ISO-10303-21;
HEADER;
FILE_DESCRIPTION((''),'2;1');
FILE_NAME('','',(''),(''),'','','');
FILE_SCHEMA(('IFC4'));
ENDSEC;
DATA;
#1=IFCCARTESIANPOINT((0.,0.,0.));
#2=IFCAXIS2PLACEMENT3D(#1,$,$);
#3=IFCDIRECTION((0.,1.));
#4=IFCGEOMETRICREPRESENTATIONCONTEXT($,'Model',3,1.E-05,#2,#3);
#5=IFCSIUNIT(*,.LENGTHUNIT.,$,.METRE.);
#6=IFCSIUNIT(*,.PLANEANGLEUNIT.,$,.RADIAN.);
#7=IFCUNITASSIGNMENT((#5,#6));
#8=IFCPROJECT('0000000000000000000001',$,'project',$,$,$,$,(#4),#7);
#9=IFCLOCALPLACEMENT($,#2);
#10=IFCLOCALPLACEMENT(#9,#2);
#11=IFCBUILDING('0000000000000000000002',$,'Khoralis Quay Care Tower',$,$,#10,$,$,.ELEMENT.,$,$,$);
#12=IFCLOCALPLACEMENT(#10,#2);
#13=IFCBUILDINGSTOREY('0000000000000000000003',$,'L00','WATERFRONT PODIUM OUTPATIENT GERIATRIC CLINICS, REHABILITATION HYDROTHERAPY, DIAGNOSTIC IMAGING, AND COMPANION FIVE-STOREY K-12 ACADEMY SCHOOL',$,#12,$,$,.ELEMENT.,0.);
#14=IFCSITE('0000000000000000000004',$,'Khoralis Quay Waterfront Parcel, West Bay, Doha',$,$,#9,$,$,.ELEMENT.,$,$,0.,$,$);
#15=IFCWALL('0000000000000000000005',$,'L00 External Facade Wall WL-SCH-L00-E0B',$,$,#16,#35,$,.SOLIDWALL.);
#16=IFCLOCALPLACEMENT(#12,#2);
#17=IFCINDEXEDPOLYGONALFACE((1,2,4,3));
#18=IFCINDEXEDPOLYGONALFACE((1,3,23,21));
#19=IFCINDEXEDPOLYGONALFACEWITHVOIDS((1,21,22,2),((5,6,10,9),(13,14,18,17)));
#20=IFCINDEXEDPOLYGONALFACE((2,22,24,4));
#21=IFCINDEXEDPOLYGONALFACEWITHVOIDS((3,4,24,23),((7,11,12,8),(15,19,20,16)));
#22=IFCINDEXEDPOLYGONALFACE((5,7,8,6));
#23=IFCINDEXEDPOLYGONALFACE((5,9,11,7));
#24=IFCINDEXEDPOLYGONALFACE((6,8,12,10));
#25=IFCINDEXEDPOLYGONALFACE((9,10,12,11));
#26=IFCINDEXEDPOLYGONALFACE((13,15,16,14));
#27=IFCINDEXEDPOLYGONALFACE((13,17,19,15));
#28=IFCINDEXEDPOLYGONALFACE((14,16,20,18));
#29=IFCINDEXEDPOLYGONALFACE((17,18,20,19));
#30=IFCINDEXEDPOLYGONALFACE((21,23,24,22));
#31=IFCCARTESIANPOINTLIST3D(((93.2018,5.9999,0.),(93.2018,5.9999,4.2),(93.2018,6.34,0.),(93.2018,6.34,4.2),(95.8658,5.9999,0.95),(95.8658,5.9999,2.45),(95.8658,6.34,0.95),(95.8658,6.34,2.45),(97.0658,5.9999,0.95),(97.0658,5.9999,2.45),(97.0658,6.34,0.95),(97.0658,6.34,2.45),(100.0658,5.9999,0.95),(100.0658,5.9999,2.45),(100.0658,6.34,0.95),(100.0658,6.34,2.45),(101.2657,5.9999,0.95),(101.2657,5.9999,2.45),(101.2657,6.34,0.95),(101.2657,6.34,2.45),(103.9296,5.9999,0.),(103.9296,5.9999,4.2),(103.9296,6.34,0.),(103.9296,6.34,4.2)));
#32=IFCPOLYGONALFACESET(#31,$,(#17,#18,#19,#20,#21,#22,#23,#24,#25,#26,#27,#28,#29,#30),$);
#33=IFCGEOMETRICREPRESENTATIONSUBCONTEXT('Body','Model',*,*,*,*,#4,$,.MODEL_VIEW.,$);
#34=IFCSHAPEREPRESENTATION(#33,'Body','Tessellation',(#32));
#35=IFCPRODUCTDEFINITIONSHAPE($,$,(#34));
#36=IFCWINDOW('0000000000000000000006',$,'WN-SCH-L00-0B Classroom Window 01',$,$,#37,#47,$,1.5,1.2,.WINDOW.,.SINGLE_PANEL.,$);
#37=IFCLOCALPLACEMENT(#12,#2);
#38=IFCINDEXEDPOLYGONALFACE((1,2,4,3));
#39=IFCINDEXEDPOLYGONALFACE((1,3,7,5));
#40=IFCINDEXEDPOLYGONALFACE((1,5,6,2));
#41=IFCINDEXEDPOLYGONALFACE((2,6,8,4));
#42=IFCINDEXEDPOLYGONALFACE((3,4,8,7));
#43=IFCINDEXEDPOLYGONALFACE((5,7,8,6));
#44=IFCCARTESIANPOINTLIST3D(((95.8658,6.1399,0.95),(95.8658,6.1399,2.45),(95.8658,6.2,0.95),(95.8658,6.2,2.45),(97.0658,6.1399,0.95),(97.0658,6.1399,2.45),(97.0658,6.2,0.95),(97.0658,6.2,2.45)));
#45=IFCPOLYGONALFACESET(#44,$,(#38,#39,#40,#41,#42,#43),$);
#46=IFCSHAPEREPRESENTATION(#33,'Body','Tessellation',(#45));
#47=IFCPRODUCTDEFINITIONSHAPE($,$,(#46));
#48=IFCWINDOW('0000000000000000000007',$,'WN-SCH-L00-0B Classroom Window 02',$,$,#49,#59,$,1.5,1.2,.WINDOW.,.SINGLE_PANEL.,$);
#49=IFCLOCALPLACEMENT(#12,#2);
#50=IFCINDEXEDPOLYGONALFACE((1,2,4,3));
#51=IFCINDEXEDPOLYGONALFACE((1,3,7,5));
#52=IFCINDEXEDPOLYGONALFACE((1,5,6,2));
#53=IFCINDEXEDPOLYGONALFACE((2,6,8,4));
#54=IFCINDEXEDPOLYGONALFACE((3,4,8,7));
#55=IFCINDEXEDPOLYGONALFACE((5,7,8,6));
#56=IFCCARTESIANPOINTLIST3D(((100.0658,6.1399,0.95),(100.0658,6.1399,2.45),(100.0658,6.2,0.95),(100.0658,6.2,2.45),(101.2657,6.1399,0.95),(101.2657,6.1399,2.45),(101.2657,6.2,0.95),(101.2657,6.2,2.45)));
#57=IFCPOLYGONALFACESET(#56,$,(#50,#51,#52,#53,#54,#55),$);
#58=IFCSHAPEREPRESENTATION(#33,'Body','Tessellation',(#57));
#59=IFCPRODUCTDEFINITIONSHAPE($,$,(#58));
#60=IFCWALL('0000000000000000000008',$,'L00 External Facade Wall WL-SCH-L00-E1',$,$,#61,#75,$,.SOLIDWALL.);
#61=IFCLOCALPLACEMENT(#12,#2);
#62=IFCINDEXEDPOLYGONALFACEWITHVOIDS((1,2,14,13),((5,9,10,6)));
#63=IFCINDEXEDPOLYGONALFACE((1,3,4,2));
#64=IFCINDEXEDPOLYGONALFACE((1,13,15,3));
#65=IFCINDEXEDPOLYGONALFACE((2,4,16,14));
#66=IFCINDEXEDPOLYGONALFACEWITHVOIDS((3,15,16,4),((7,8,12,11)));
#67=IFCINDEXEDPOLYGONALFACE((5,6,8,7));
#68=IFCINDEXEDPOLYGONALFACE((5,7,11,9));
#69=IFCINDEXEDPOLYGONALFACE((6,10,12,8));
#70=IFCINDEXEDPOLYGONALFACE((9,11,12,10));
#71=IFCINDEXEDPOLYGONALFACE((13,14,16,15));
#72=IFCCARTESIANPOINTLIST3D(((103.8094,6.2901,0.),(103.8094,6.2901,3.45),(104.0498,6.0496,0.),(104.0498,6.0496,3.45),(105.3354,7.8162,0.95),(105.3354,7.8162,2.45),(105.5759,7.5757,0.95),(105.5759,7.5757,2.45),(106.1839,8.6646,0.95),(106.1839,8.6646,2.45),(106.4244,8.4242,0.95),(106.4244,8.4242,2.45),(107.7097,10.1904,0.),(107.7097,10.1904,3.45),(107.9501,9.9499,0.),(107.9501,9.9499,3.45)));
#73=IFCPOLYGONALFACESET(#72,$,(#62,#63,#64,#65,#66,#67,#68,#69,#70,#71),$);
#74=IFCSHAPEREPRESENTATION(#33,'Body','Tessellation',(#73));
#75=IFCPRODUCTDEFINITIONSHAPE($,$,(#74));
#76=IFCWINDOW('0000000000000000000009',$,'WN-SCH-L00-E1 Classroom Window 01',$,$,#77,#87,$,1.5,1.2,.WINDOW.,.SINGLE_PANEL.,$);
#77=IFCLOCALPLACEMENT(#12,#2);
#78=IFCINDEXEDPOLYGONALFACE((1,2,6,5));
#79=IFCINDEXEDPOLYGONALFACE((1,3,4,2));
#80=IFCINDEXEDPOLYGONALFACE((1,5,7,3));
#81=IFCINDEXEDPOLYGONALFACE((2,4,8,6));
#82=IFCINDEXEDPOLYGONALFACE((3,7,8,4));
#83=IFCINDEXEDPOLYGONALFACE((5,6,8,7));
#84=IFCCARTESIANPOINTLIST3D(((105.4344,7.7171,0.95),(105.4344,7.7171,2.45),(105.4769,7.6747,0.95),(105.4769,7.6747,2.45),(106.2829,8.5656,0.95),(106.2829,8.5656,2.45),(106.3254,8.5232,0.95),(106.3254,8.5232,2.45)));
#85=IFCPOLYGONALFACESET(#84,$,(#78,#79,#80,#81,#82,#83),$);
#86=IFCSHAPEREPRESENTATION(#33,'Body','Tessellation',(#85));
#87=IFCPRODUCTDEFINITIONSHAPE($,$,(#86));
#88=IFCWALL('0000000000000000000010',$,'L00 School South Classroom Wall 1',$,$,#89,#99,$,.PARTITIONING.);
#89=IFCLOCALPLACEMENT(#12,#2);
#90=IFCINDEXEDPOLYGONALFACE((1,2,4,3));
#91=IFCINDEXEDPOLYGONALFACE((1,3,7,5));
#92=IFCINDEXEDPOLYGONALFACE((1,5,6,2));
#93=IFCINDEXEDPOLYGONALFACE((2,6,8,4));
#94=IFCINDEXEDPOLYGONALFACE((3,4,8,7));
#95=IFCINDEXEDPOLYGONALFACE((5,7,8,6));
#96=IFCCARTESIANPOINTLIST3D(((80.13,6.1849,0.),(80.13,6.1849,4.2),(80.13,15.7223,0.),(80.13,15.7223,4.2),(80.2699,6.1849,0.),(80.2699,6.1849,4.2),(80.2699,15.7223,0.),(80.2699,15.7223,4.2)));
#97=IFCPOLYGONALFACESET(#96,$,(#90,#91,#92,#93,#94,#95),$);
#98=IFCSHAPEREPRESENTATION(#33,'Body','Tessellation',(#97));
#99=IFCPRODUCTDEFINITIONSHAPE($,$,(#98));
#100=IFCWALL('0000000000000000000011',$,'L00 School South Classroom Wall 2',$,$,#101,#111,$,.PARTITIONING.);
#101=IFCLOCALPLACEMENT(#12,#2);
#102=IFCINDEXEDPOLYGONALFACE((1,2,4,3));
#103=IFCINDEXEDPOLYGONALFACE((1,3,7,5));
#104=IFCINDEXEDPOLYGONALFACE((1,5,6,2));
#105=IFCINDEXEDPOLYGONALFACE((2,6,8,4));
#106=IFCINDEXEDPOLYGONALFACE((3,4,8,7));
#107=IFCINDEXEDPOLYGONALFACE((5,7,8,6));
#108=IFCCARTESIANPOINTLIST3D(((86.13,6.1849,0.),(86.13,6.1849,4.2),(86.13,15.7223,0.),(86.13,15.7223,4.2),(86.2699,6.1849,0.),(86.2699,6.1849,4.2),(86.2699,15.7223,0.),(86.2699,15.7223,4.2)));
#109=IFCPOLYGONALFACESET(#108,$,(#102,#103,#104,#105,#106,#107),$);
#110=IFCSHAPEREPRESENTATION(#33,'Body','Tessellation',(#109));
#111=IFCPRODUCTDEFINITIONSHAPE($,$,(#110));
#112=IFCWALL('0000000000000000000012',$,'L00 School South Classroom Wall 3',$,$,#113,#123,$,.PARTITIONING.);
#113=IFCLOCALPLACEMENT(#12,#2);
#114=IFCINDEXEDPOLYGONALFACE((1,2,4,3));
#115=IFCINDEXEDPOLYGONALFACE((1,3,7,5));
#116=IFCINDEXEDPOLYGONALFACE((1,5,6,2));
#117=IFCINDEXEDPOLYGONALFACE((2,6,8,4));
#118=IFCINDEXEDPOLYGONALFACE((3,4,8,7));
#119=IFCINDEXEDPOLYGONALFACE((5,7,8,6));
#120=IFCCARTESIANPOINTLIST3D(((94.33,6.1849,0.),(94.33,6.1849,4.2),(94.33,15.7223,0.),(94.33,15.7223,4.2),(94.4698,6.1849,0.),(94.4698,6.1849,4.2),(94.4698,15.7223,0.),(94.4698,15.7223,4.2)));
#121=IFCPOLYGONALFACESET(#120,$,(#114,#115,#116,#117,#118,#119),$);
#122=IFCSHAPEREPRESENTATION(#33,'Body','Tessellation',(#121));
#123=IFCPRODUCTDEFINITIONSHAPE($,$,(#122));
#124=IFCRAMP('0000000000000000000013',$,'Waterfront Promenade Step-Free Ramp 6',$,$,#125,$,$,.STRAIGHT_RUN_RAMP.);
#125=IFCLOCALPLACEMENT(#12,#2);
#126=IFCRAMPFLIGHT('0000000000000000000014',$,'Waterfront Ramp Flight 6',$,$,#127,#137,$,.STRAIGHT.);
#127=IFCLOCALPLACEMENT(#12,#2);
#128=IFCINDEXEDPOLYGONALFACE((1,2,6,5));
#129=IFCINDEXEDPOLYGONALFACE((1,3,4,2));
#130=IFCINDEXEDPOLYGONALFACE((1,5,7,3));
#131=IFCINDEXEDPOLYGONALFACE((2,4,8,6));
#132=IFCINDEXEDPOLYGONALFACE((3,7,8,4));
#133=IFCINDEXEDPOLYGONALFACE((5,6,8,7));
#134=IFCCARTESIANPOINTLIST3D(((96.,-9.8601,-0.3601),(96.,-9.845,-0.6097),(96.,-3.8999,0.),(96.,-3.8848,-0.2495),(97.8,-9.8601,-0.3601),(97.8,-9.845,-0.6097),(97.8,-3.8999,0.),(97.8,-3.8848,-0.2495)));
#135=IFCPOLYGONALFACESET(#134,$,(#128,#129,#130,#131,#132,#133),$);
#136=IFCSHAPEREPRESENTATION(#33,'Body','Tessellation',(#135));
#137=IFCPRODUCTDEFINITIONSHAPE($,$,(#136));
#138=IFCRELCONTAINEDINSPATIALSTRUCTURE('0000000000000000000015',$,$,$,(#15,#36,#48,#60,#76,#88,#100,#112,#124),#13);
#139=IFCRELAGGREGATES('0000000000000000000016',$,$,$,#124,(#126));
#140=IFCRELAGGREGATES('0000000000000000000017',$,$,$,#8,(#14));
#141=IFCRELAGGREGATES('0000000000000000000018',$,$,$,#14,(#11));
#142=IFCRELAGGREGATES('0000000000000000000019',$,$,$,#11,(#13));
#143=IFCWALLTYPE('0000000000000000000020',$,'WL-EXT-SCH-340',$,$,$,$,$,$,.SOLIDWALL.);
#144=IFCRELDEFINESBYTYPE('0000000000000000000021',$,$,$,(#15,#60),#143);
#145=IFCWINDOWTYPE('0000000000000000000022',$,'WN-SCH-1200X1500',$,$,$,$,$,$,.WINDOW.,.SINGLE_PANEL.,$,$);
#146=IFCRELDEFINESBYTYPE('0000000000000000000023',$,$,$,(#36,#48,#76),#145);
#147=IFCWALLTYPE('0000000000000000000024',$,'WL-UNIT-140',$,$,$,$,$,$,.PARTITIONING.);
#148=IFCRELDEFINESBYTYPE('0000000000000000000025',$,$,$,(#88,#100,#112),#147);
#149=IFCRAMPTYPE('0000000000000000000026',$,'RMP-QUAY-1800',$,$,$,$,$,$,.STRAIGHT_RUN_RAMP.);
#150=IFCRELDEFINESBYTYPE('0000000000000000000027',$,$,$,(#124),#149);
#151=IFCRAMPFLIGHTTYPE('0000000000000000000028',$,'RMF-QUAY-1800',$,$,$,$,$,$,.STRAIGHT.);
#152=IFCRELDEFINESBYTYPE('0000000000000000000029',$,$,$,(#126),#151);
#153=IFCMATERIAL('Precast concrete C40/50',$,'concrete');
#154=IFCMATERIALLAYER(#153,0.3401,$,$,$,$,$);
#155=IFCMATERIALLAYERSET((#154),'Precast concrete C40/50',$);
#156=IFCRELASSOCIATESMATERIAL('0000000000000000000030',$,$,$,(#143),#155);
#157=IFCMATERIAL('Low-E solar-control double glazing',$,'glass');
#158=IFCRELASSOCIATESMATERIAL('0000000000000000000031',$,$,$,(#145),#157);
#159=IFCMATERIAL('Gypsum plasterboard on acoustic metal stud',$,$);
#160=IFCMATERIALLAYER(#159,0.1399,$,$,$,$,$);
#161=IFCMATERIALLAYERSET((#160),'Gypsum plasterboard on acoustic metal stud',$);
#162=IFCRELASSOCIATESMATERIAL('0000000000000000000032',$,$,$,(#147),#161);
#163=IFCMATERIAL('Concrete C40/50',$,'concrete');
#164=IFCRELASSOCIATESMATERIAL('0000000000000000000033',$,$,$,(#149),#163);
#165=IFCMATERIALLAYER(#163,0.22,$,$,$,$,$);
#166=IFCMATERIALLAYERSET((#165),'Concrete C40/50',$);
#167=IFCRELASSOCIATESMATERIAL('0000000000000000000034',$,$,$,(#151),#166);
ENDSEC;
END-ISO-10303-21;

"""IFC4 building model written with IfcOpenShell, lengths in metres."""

from ifc_helpers import new_model, si_unit, direction, frame, frame_2d, origin, place, context, subcontext, project, spatial, polyline, rectangle, outline, extrude, source, transform, mapped, material, layer, layer_set, type_object, element, fill, aggregate, save


model = new_model("IFC4")

# Units and contexts
model_context = context("Model", 3, precision=1e-05, world=origin(), true_north=direction((0.0, 1.0)))
body_context = subcontext(model_context, "Body", "Model", "MODEL_VIEW")
ifc_project = project(units=[si_unit("LENGTHUNIT", "METRE"), si_unit("PLANEANGLEUNIT", "RADIAN")], contexts=[model_context])

# Site, building, storey
site_placement = place(None, origin())
site = spatial("IfcSite", under=ifc_project, at=site_placement, Name="Khoralis Quay Waterfront Parcel, West Bay, Doha", CompositionType="ELEMENT", RefElevation=0.0)
building_placement = place(site_placement, origin())
building = spatial("IfcBuilding", under=site, at=building_placement, Name="Khoralis Quay Care Tower", CompositionType="ELEMENT")
storey_placement = place(building_placement, origin())
storey = spatial("IfcBuildingStorey", under=building, at=storey_placement, Name="L00", Description="WATERFRONT PODIUM OUTPATIENT GERIATRIC CLINICS, REHABILITATION HYDROTHERAPY, DIAGNOSTIC IMAGING, AND COMPANION FIVE-STOREY K-12 ACADEMY SCHOOL", CompositionType="ELEMENT", Elevation=0.0)

# Shared definitions
ifc_material_1 = material(Name="Concrete C40/50", Category="concrete")

# Shared definitions
ifc_material_2 = material(Name="Low-E solar-control double glazing", Category="glass")

# Wall, openings, windows
ifc_material_3 = material(Name="Precast concrete C40/50", Category="concrete")
ifc_layer_1 = layer(ifc_material_3, 0.3401)
ifc_layer_set_1 = layer_set([ifc_layer_1], Name="Precast concrete C40/50")
wall_type_1 = type_object("IfcWallType", Name="WL-EXT-SCH-340", PredefinedType="SOLIDWALL", material=ifc_layer_set_1)
wall_1_placement = place(storey_placement, frame((93.2019, 6.1699, 0.0), z_axis=(0.0, 0.0, 1.0), x_axis=(1.0, 0.0, 0.0)))
wall_1 = element("IfcWall", 1, at=wall_1_placement, inside=storey, type_object=wall_type_1, Name="L00 External Facade Wall WL-SCH-L00-E0B", PredefinedType="SOLIDWALL", context=body_context, shape_type="SweptSolid", body=[
    extrude(rectangle(XDim=10.7278, YDim=0.3401, at=frame_2d((5.3638, 0.0))), origin(), (0.0, 0.0, 1.0), 4.2),
])
opening_1_placement = place(wall_1_placement, frame((2.6638, 0.0, 0.95)))
opening_1 = element("IfcOpeningElement", 2, at=opening_1_placement, cuts=wall_1, PredefinedType="OPENING", context=body_context, shape_type="SweptSolid", body=[
    extrude(rectangle(XDim=1.2, YDim=1.5, at=frame_2d((0.6001, 0.75))), frame((0.0, 0.1802, 0.0), z_axis=(0.0, -1.0, 0.0), x_axis=(1.0, 0.0, 0.0)), (0.0, 0.0, 1.0), 0.3601),
])
opening_2_placement = place(wall_1_placement, frame((6.8638, 0.0, 0.95)))
opening_2 = element("IfcOpeningElement", 3, at=opening_2_placement, cuts=wall_1, PredefinedType="OPENING", context=body_context, shape_type="SweptSolid", body=[
    extrude(rectangle(XDim=1.2, YDim=1.5, at=frame_2d((0.6001, 0.75))), frame((0.0, 0.1802, 0.0), z_axis=(0.0, -1.0, 0.0), x_axis=(1.0, 0.0, 0.0)), (0.0, 0.0, 1.0), 0.3601),
])
window_type = type_object("IfcWindowType", Name="WN-SCH-1200X1500", PartitioningType="SINGLE_PANEL", PredefinedType="WINDOW", material=ifc_material_2)
shared_shape_1 = source(origin(), body_context, "Body", "SweptSolid", [
    extrude(rectangle(XDim=1.2, YDim=1.5, at=frame_2d((0.6001, 0.75))), frame((0.0, 0.03, 0.0), z_axis=(0.0, -1.0, 0.0), x_axis=(1.0, 0.0, 0.0)), (0.0, 0.0, 1.0), 0.0601),
])
window_1_placement = place(opening_1_placement, origin())
window_1 = element("IfcWindow", 4, at=window_1_placement, inside=storey, type_object=window_type, Name="WN-SCH-L00-0B Classroom Window 01", OverallHeight=1.5, OverallWidth=1.2, PartitioningType="SINGLE_PANEL", PredefinedType="WINDOW", context=body_context, shape_type="MappedRepresentation", body=[
    mapped(shared_shape_1, transform((0.0, 0.0, 0.0), scale=1.0)),
])
fill(opening_1, window_1)
window_2_placement = place(opening_2_placement, origin())
window_2 = element("IfcWindow", 5, at=window_2_placement, inside=storey, type_object=window_type, Name="WN-SCH-L00-0B Classroom Window 02", OverallHeight=1.5, OverallWidth=1.2, PartitioningType="SINGLE_PANEL", PredefinedType="WINDOW", context=body_context, shape_type="MappedRepresentation", body=[
    mapped(shared_shape_1, transform((0.0, 0.0, 0.0), scale=1.0)),
])
fill(opening_2, window_2)

# Wall, opening, window
wall_2_placement = place(storey_placement, frame((103.9297, 6.1699, 0.0), z_axis=(0.0, 0.0, 1.0), x_axis=(0.707107, 0.707107, 0.0)))
wall_2 = element("IfcWall", 6, at=wall_2_placement, inside=storey, type_object=wall_type_1, Name="L00 External Facade Wall WL-SCH-L00-E1", PredefinedType="SOLIDWALL", context=body_context, shape_type="SweptSolid", body=[
    extrude(rectangle(XDim=5.5159, YDim=0.3401, at=frame_2d((2.7578, 0.0))), origin(), (0.0, 0.0, 1.0), 3.45),
])
opening_3_placement = place(wall_2_placement, frame((2.158, 0.0, 0.95)))
opening_3 = element("IfcOpeningElement", 7, at=opening_3_placement, cuts=wall_2, PredefinedType="OPENING", context=body_context, shape_type="SweptSolid", body=[
    extrude(rectangle(XDim=1.2, YDim=1.5, at=frame_2d((0.6001, 0.75))), frame((0.0, 0.1802, 0.0), z_axis=(0.0, -1.0, 0.0), x_axis=(1.0, 0.0, 0.0)), (0.0, 0.0, 1.0), 0.3601),
])
window_3_placement = place(opening_3_placement, origin())
window_3 = element("IfcWindow", 8, at=window_3_placement, inside=storey, type_object=window_type, Name="WN-SCH-L00-E1 Classroom Window 01", OverallHeight=1.5, OverallWidth=1.2, PartitioningType="SINGLE_PANEL", PredefinedType="WINDOW", context=body_context, shape_type="MappedRepresentation", body=[
    mapped(shared_shape_1, transform((0.0, 0.0, 0.0), scale=1.0)),
])
fill(opening_3, window_3)

# Walls
ifc_material_4 = material(Name="Gypsum plasterboard on acoustic metal stud")
ifc_layer_2 = layer(ifc_material_4, 0.1399)
ifc_layer_set_2 = layer_set([ifc_layer_2], Name="Gypsum plasterboard on acoustic metal stud")
wall_type_2 = type_object("IfcWallType", Name="WL-UNIT-140", PredefinedType="PARTITIONING", material=ifc_layer_set_2)
for number, where, z_axis, x_axis, name in (
    (9, (80.2, 6.1851, 0.0), (0.0, 0.0, 1.0), (0.0, 1.0, 0.0), "L00 School South Classroom Wall 1"),
    (10, (86.2, 6.1851, 0.0), (0.0, 0.0, 1.0), (0.0, 1.0, 0.0), "L00 School South Classroom Wall 2"),
    (11, (94.3999, 6.1851, 0.0), (0.0, 0.0, 1.0), (0.0, 1.0, 0.0), "L00 School South Classroom Wall 3"),
):
    element("IfcWall", number, at=place(storey_placement, frame(where, z_axis=z_axis, x_axis=x_axis)), inside=storey, type_object=wall_type_2, Name=name, PredefinedType="PARTITIONING", context=body_context, shape_type="SweptSolid", body=[
        extrude(rectangle(XDim=9.5374, YDim=0.1399, at=frame_2d((4.7686, 0.0))), origin(), (0.0, 0.0, 1.0), 4.2),
    ])

# Ramp, ramp flight
ramp_type = type_object("IfcRampType", Name="RMP-QUAY-1800", PredefinedType="STRAIGHT_RUN_RAMP", material=ifc_material_1)
ramp_placement = place(storey_placement, origin())
ramp = element("IfcRamp", 12, at=ramp_placement, inside=storey, type_object=ramp_type, Name="Waterfront Promenade Step-Free Ramp 6", PredefinedType="STRAIGHT_RUN_RAMP")
ifc_layer_3 = layer(ifc_material_1, 0.22)
ifc_layer_set_3 = layer_set([ifc_layer_3], Name="Concrete C40/50")
ramp_flight_type = type_object("IfcRampFlightType", Name="RMF-QUAY-1800", PredefinedType="STRAIGHT", material=ifc_layer_set_3)
ramp_flight_placement = place(storey_placement, frame((96.0, -9.8601, -0.3601), z_axis=(0.0, -0.060309, 0.99818), x_axis=(1.0, 0.0, 0.0)))
ramp_flight = element("IfcRampFlight", 13, at=ramp_flight_placement, type_object=ramp_flight_type, Name="Waterfront Ramp Flight 6", PredefinedType="STRAIGHT", context=body_context, shape_type="SweptSolid", body=[
    extrude(outline(polyline([(0.0, 0.0), (1.8, 0.0), (1.8, 5.9711), (0.0, 5.9711), (0.0, 0.0)])), origin(), (0.0, 0.0, -1.0), 0.25),
])
aggregate(ramp, [ramp_flight])

save(model, "model.ifc")
